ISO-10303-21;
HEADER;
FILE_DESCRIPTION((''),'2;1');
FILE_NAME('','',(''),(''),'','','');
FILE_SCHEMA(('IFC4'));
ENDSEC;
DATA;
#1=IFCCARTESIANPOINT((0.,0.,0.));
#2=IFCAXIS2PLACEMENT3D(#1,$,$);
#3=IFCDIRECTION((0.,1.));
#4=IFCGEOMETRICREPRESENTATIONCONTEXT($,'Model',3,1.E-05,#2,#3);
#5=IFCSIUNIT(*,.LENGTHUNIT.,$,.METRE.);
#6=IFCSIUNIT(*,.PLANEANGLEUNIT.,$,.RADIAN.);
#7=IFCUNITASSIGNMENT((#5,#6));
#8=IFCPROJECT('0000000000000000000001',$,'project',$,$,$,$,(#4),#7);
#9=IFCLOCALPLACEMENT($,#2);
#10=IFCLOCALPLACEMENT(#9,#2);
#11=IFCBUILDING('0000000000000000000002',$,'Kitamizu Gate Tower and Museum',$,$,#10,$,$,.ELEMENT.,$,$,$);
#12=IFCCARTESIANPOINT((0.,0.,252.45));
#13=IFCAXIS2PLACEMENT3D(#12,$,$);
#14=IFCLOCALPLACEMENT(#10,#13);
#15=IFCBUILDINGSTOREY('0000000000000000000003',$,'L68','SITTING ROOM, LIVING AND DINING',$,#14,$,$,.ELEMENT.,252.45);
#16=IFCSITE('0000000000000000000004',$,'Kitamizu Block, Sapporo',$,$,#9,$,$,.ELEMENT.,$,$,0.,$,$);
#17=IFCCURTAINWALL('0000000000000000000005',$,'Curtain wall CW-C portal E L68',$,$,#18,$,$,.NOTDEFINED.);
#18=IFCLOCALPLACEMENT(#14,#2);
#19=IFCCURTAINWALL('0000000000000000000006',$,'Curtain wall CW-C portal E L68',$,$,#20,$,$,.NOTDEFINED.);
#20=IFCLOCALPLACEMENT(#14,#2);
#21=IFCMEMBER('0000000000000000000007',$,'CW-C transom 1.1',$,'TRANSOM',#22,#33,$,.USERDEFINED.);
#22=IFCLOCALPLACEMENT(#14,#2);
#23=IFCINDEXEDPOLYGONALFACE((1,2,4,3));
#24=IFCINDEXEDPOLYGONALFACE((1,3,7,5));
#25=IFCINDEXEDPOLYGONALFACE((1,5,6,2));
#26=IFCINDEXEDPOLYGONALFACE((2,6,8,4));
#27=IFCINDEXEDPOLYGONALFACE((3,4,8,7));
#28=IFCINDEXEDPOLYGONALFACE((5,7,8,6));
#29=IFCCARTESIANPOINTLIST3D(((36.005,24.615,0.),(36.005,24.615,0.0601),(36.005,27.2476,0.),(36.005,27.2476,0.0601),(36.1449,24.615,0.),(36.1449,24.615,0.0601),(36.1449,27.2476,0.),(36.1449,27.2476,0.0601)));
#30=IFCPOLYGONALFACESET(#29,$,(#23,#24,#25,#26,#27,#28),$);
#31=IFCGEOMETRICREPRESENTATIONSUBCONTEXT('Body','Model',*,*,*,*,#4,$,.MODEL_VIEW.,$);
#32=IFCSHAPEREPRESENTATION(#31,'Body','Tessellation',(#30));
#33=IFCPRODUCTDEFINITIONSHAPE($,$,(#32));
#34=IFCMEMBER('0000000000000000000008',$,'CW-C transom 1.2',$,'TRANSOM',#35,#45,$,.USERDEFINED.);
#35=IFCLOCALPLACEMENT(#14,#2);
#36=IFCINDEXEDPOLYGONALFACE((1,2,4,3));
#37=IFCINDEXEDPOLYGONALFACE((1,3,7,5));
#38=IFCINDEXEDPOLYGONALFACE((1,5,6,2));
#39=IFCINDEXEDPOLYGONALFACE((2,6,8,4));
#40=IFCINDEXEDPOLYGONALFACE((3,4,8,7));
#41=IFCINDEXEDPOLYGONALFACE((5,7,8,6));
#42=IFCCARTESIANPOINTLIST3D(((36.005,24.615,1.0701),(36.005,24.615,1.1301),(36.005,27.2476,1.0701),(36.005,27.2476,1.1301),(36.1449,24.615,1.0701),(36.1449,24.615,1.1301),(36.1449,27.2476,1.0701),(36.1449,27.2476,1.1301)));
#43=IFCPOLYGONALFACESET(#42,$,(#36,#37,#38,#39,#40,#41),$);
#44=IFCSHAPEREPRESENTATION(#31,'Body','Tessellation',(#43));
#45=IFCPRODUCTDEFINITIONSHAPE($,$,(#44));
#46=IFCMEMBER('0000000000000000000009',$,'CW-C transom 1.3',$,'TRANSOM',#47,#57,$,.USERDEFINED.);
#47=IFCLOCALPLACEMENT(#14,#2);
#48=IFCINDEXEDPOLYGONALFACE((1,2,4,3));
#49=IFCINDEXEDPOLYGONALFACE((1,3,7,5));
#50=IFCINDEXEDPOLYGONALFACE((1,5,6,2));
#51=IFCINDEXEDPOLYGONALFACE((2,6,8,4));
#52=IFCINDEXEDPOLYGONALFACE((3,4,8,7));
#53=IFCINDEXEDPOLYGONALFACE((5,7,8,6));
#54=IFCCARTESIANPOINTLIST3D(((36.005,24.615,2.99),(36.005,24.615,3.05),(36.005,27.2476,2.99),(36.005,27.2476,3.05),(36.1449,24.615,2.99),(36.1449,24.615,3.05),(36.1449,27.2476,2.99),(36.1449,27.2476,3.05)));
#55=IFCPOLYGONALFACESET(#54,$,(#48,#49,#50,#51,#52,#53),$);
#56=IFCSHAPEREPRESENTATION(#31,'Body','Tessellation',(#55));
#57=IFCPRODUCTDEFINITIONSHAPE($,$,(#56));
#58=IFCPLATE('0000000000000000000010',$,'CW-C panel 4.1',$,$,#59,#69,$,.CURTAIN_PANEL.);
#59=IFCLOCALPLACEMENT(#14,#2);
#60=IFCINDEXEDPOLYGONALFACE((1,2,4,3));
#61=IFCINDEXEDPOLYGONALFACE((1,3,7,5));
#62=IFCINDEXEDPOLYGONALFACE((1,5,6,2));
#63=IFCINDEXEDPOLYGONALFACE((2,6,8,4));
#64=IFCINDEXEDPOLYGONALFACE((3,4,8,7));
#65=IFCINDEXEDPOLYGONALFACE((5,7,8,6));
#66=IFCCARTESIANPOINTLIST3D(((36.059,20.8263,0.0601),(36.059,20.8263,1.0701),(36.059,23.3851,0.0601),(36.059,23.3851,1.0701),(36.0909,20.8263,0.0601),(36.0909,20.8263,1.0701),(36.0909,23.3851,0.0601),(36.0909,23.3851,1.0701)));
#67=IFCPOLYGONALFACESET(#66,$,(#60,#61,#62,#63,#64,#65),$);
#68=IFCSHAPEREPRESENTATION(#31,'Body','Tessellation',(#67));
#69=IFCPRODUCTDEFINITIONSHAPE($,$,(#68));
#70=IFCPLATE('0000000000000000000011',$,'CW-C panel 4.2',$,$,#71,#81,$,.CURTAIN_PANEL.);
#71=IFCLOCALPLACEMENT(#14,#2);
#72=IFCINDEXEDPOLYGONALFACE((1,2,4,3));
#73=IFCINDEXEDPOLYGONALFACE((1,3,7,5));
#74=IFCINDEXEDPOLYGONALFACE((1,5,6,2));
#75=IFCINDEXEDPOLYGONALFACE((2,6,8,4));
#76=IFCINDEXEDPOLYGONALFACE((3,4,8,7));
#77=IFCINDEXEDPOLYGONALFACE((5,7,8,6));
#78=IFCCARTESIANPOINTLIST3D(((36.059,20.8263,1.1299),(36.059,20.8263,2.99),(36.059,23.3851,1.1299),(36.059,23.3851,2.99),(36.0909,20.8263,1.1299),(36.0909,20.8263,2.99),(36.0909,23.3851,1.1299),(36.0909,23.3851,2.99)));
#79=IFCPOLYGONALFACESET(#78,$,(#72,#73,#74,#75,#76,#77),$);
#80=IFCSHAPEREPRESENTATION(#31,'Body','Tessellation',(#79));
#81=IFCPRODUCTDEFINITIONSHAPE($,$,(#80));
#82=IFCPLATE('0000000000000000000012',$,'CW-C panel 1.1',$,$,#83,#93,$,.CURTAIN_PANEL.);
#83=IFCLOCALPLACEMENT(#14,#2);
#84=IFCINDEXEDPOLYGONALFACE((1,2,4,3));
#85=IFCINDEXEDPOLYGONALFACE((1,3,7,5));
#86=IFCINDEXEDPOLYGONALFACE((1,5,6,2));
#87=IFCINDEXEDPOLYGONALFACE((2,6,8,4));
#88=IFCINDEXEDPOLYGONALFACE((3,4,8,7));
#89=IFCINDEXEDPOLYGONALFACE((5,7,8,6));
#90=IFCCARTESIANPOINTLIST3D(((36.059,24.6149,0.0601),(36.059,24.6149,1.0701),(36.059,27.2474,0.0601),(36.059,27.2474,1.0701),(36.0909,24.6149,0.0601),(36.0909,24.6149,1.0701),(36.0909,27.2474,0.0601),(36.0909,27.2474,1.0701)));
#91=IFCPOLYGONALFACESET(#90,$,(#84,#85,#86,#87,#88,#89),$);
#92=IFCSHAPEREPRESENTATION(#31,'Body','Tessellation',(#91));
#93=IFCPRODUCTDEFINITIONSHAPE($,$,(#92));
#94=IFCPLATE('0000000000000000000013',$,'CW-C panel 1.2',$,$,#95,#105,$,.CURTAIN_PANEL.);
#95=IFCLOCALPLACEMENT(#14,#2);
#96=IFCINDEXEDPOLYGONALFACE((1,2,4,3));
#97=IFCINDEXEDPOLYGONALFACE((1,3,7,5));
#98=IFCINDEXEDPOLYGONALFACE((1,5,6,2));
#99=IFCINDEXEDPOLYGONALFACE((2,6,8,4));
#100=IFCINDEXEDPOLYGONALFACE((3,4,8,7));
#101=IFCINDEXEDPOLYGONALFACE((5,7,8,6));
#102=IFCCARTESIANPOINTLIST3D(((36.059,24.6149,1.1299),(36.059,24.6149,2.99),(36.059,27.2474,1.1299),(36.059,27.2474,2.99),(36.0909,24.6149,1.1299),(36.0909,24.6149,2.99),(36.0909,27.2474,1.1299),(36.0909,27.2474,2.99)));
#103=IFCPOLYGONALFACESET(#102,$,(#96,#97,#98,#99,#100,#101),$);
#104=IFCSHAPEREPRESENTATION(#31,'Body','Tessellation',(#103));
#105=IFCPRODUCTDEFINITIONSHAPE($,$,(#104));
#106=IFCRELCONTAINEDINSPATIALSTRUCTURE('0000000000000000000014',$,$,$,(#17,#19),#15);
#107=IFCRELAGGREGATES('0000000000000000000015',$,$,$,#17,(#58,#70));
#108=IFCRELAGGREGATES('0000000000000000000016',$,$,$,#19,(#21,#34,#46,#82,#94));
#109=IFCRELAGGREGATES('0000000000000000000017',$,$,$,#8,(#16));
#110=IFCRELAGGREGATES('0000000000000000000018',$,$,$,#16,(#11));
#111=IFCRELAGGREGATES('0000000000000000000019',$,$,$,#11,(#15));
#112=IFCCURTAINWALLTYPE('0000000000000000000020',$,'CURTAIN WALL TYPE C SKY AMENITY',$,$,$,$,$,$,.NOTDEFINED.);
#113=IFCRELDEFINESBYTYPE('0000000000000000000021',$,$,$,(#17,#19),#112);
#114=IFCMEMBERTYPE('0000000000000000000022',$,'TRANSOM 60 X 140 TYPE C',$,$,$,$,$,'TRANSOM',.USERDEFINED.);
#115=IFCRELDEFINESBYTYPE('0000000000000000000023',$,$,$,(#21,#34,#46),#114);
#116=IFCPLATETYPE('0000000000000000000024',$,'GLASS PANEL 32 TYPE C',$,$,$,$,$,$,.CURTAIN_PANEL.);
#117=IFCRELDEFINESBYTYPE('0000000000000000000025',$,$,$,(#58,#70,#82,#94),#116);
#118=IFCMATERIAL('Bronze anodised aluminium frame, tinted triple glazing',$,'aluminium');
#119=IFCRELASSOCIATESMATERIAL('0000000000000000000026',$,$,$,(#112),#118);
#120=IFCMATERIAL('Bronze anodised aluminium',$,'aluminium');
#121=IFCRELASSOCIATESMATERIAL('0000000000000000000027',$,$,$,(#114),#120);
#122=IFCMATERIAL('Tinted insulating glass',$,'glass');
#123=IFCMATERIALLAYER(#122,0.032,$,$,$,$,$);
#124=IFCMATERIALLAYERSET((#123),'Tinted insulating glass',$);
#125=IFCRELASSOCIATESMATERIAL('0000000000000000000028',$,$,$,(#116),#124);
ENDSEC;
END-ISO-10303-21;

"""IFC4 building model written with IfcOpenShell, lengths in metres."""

from ifc_helpers import new_model, si_unit, direction, frame, origin, origin_2d, place, context, subcontext, project, spatial, rectangle, extrude, material, layer, layer_set, material_profile, profile_set, type_object, element, aggregate, save


model = new_model("IFC4")

# Units and contexts
model_context = context("Model", 3, precision=1e-05, world=origin(), true_north=direction((0.0, 1.0)))
body_context = subcontext(model_context, "Body", "Model", "MODEL_VIEW")
ifc_project = project(units=[si_unit("LENGTHUNIT", "METRE"), si_unit("PLANEANGLEUNIT", "RADIAN")], contexts=[model_context])

# Site, building, storey
site_placement = place(None, origin())
site = spatial("IfcSite", under=ifc_project, at=site_placement, Name="Kitamizu Block, Sapporo", CompositionType="ELEMENT", RefElevation=0.0)
building_placement = place(site_placement, origin())
building = spatial("IfcBuilding", under=site, at=building_placement, Name="Kitamizu Gate Tower and Museum", CompositionType="ELEMENT")
storey_placement = place(building_placement, frame((0.0, 0.0, 252.45)))
storey = spatial("IfcBuildingStorey", under=building, at=storey_placement, Name="L68", Description="SITTING ROOM, LIVING AND DINING", CompositionType="ELEMENT", Elevation=252.45)

# Curtain wall
ifc_material_1 = material(Name="Bronze anodised aluminium frame, tinted triple glazing", Category="aluminium")
curtain_wall_type = type_object("IfcCurtainWallType", Name="CURTAIN WALL TYPE C SKY AMENITY", PredefinedType="NOTDEFINED", material=ifc_material_1)
curtain_wall_1_placement = place(storey_placement, origin())
curtain_wall_1 = element("IfcCurtainWall", 1, at=curtain_wall_1_placement, inside=storey, type_object=curtain_wall_type, Name="Curtain wall CW-C portal E L68", PredefinedType="NOTDEFINED")

# Curtain wall, members
curtain_wall_2_placement = place(storey_placement, origin())
curtain_wall_2 = element("IfcCurtainWall", 2, at=curtain_wall_2_placement, inside=storey, type_object=curtain_wall_type, Name="Curtain wall CW-C portal E L68", PredefinedType="NOTDEFINED")
ifc_material_2 = material(Name="Bronze anodised aluminium", Category="aluminium")
ifc_material_profile_1 = material_profile(ifc_material_2, rectangle(XDim=0.1399, YDim=0.0601, at=origin_2d()), Name="AL 60X140")
ifc_profile_set_1 = profile_set([ifc_material_profile_1], Name="Bronze anodised aluminium")
member_type_1 = type_object("IfcMemberType", Name="TRANSOM 60 X 140 TYPE C", ElementType="TRANSOM", PredefinedType="USERDEFINED", material=ifc_profile_set_1)
member_1_placement = place(storey_placement, frame((36.075, 24.615, 0.03), z_axis=(0.0, 1.0, 0.0), x_axis=(-1.0, 0.0, 0.0)))
member_1 = element("IfcMember", 3, at=member_1_placement, type_object=member_type_1, Name="CW-C transom 1.1", ObjectType="TRANSOM", PredefinedType="USERDEFINED", context=body_context, shape_type="SweptSolid", body=[
    extrude(rectangle(XDim=0.1399, YDim=0.0601, at=origin_2d()), origin(), (0.0, 0.0, 1.0), 2.6326),
])
member_2_placement = place(storey_placement, frame((36.075, 24.615, 1.1001), z_axis=(0.0, 1.0, 0.0), x_axis=(-1.0, 0.0, 0.0)))
member_2 = element("IfcMember", 4, at=member_2_placement, type_object=member_type_1, Name="CW-C transom 1.2", ObjectType="TRANSOM", PredefinedType="USERDEFINED", context=body_context, shape_type="SweptSolid", body=[
    extrude(rectangle(XDim=0.1399, YDim=0.0601, at=origin_2d()), origin(), (0.0, 0.0, 1.0), 2.6326),
])
member_3_placement = place(storey_placement, frame((36.075, 24.615, 3.02), z_axis=(0.0, 1.0, 0.0), x_axis=(-1.0, 0.0, 0.0)))
member_3 = element("IfcMember", 5, at=member_3_placement, type_object=member_type_1, Name="CW-C transom 1.3", ObjectType="TRANSOM", PredefinedType="USERDEFINED", context=body_context, shape_type="SweptSolid", body=[
    extrude(rectangle(XDim=0.1399, YDim=0.0601, at=origin_2d()), origin(), (0.0, 0.0, 1.0), 2.6326),
])

# Plates
ifc_material_3 = material(Name="Tinted insulating glass", Category="glass")
ifc_layer = layer(ifc_material_3, 0.032)
ifc_layer_set = layer_set([ifc_layer], Name="Tinted insulating glass")
plate_type = type_object("IfcPlateType", Name="GLASS PANEL 32 TYPE C", PredefinedType="CURTAIN_PANEL", material=ifc_layer_set)
plate_1_placement = place(storey_placement, frame((36.075, 22.1057, 0.0601), z_axis=(0.0, 0.0, 1.0), x_axis=(0.0, 1.0, 0.0)))
plate_1 = element("IfcPlate", 6, at=plate_1_placement, type_object=plate_type, Name="CW-C panel 4.1", PredefinedType="CURTAIN_PANEL", context=body_context, shape_type="SweptSolid", body=[
    extrude(rectangle(XDim=2.5588, YDim=0.032, at=origin_2d()), origin(), (0.0, 0.0, 1.0), 1.01),
])
plate_2_placement = place(storey_placement, frame((36.075, 22.1057, 1.1299), z_axis=(0.0, 0.0, 1.0), x_axis=(0.0, 1.0, 0.0)))
plate_2 = element("IfcPlate", 7, at=plate_2_placement, type_object=plate_type, Name="CW-C panel 4.2", PredefinedType="CURTAIN_PANEL", context=body_context, shape_type="SweptSolid", body=[
    extrude(rectangle(XDim=2.5588, YDim=0.032, at=origin_2d()), origin(), (0.0, 0.0, 1.0), 1.8601),
])
aggregate(curtain_wall_1, [plate_1, plate_2])
plate_3_placement = place(storey_placement, frame((36.075, 25.9312, 0.0601), z_axis=(0.0, 0.0, 1.0), x_axis=(0.0, 1.0, 0.0)))
plate_3 = element("IfcPlate", 8, at=plate_3_placement, type_object=plate_type, Name="CW-C panel 1.1", PredefinedType="CURTAIN_PANEL", context=body_context, shape_type="SweptSolid", body=[
    extrude(rectangle(XDim=2.6326, YDim=0.032, at=origin_2d()), origin(), (0.0, 0.0, 1.0), 1.01),
])
plate_4_placement = place(storey_placement, frame((36.075, 25.9312, 1.1299), z_axis=(0.0, 0.0, 1.0), x_axis=(0.0, 1.0, 0.0)))
plate_4 = element("IfcPlate", 9, at=plate_4_placement, type_object=plate_type, Name="CW-C panel 1.2", PredefinedType="CURTAIN_PANEL", context=body_context, shape_type="SweptSolid", body=[
    extrude(rectangle(XDim=2.6326, YDim=0.032, at=origin_2d()), origin(), (0.0, 0.0, 1.0), 1.8601),
])
aggregate(curtain_wall_2, [member_1, member_2, member_3, plate_3, plate_4])

save(model, "model.ifc")
